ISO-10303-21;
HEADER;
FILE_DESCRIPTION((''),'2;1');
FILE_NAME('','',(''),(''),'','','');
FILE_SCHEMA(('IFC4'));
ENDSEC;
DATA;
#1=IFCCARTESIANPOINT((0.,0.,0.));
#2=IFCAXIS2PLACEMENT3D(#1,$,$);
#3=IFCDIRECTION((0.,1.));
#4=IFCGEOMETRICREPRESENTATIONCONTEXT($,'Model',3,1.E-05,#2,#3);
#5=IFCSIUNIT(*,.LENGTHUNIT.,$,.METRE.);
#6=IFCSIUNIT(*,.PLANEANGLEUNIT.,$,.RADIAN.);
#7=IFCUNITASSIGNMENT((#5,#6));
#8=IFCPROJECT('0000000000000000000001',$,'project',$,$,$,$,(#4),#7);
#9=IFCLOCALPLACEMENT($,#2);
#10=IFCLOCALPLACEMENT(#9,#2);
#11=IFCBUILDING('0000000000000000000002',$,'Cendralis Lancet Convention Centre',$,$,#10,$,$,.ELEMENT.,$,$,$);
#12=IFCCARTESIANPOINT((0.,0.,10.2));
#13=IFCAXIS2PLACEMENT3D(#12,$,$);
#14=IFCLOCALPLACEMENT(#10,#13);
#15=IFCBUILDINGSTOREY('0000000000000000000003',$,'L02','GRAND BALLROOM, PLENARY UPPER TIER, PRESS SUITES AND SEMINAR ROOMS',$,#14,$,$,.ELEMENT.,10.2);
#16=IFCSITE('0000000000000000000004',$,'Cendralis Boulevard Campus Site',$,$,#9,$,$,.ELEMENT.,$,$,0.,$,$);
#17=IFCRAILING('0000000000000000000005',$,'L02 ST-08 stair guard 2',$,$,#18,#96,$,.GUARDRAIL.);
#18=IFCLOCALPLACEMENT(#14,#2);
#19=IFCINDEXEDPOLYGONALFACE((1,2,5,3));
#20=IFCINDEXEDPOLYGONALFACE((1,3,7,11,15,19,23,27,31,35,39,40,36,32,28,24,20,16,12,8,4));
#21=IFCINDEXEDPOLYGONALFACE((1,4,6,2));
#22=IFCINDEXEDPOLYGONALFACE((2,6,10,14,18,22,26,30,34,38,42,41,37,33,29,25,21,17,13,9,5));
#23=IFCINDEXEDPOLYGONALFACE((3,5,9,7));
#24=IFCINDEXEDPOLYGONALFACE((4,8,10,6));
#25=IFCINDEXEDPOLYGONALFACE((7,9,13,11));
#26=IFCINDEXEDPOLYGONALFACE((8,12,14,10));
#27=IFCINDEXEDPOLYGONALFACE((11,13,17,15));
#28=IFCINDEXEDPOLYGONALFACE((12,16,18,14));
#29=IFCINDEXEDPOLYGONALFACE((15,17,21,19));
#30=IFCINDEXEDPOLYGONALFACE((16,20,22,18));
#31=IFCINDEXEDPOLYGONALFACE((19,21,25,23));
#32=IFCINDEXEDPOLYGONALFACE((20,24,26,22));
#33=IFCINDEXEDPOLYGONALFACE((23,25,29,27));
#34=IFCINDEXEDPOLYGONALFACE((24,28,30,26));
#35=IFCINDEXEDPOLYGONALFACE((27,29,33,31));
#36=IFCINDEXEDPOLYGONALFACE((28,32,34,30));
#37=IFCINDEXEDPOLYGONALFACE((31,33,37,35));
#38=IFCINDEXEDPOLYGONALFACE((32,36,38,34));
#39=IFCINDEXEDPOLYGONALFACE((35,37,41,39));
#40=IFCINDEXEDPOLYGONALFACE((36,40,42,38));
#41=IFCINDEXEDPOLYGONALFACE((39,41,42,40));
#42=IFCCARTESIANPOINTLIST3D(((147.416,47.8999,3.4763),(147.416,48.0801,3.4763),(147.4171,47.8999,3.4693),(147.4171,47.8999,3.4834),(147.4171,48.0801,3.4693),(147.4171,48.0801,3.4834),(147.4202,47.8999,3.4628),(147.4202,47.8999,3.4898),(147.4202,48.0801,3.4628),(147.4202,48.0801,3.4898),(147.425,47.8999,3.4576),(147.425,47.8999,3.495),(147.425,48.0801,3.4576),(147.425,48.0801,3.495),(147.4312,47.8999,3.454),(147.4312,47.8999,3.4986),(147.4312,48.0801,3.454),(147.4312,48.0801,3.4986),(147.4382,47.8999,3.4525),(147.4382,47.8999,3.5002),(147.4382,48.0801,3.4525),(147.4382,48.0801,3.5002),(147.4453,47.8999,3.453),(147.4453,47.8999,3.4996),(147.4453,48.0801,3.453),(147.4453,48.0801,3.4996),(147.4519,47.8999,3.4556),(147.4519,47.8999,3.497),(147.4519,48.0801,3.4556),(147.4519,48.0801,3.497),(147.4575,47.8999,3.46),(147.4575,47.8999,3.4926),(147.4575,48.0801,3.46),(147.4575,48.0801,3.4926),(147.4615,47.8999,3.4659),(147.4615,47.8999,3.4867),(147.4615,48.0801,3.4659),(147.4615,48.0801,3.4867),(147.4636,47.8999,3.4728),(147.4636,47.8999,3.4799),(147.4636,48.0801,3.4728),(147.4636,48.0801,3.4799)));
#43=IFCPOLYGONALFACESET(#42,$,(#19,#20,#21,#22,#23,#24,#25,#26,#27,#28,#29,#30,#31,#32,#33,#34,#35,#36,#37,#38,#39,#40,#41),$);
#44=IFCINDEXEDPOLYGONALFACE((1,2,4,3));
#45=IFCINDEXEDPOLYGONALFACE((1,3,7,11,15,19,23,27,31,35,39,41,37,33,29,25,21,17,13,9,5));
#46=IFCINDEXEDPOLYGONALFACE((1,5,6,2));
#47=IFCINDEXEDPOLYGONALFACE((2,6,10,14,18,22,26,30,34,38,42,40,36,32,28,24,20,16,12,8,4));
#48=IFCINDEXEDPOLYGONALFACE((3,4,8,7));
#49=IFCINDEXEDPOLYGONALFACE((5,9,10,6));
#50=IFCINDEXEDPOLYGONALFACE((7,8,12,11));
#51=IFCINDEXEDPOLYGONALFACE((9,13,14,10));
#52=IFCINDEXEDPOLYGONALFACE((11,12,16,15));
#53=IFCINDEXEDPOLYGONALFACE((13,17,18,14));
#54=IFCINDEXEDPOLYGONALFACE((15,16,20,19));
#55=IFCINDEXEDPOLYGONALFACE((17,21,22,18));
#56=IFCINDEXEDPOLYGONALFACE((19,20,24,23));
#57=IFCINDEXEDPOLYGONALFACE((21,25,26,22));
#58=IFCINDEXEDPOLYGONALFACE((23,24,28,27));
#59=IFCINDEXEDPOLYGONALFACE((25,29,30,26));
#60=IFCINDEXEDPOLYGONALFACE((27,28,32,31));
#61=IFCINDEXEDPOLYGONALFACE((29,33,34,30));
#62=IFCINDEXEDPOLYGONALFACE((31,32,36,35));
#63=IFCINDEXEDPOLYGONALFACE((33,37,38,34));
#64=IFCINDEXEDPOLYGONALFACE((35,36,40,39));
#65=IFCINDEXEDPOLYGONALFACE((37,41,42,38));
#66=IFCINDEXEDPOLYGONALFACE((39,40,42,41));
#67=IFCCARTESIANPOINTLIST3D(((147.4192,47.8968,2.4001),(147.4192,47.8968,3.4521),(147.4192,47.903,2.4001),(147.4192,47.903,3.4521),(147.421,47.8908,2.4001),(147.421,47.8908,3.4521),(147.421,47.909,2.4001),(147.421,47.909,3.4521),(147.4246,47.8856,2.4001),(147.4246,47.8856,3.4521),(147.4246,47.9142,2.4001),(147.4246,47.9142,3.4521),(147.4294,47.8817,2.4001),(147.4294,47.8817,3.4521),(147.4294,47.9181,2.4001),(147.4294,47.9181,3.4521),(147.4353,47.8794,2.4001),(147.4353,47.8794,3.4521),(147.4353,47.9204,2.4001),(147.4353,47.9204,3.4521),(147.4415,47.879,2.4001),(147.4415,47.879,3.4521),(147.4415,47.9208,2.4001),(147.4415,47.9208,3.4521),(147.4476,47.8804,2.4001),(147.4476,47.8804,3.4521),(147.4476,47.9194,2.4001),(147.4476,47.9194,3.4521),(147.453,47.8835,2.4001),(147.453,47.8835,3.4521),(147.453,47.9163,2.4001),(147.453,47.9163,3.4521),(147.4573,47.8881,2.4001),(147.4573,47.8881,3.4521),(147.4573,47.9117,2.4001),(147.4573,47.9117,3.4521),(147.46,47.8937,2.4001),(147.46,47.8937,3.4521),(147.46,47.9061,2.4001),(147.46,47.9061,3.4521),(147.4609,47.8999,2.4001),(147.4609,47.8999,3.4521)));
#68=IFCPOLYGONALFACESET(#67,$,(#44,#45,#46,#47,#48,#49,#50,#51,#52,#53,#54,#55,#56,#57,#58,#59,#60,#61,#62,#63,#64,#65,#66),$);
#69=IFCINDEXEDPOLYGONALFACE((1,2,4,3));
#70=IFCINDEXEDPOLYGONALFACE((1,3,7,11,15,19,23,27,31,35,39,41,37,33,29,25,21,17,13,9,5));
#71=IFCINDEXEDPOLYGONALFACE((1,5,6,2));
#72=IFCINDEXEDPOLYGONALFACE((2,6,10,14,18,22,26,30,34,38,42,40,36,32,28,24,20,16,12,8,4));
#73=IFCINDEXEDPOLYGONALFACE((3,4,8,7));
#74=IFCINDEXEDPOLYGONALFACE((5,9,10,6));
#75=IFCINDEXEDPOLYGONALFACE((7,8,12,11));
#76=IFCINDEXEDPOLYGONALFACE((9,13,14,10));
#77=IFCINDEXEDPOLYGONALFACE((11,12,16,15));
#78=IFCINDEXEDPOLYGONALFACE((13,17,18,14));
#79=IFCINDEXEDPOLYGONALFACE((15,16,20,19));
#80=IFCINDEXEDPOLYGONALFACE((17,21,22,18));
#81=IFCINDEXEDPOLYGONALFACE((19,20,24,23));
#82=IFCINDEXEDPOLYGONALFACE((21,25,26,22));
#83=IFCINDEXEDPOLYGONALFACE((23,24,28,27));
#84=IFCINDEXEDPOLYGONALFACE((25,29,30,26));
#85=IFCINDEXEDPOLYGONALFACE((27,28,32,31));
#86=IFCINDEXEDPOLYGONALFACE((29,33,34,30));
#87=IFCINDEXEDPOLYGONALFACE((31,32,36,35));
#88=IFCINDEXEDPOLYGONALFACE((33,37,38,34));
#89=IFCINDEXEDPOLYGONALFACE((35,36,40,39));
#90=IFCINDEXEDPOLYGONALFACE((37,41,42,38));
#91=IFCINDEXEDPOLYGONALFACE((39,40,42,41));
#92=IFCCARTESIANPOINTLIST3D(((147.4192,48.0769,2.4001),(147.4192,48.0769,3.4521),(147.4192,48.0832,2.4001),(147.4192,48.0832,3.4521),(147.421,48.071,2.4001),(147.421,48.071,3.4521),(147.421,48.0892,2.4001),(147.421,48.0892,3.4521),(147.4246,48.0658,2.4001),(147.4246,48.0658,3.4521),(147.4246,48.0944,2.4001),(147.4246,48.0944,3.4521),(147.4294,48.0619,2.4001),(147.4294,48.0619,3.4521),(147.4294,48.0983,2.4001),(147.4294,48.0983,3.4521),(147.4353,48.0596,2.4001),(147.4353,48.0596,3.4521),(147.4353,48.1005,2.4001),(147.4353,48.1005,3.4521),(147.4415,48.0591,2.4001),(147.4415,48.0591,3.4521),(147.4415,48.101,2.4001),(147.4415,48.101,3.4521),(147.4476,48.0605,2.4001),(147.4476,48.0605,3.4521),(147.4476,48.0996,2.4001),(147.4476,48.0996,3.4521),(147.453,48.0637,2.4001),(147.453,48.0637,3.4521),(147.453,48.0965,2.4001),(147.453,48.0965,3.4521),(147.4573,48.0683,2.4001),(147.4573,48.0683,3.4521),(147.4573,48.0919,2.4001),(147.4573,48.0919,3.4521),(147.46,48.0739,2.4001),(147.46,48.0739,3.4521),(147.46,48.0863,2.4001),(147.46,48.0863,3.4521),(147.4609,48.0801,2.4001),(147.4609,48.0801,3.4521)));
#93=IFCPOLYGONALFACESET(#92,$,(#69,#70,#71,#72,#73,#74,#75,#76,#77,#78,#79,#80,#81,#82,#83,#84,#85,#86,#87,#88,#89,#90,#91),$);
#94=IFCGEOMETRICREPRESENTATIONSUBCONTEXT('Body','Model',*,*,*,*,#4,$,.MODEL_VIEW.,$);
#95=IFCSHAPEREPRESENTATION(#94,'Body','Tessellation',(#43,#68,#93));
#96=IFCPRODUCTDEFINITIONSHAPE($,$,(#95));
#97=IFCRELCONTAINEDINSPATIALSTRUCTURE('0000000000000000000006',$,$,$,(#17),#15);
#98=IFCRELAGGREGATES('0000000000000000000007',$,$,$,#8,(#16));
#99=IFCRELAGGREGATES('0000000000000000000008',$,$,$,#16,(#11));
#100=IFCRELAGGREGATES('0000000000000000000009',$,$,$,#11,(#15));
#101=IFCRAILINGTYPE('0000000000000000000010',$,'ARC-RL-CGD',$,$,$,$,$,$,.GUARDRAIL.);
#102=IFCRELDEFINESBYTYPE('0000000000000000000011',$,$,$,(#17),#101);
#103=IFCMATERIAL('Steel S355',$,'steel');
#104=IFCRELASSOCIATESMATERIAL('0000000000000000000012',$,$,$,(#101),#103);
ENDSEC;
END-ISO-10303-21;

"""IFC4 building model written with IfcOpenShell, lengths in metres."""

from ifc_helpers import new_model, si_unit, direction, frame, origin, origin_2d, place, context, subcontext, project, spatial, circle, extrude, material, type_object, element, save


model = new_model("IFC4")

# Units and contexts
model_context = context("Model", 3, precision=1e-05, world=origin(), true_north=direction((0.0, 1.0)))
body_context = subcontext(model_context, "Body", "Model", "MODEL_VIEW")
ifc_project = project(units=[si_unit("LENGTHUNIT", "METRE"), si_unit("PLANEANGLEUNIT", "RADIAN")], contexts=[model_context])

# Site, building, storey
site_placement = place(None, origin())
site = spatial("IfcSite", under=ifc_project, at=site_placement, Name="Cendralis Boulevard Campus Site", CompositionType="ELEMENT", RefElevation=0.0)
building_placement = place(site_placement, origin())
building = spatial("IfcBuilding", under=site, at=building_placement, Name="Cendralis Lancet Convention Centre", CompositionType="ELEMENT")
storey_placement = place(building_placement, frame((0.0, 0.0, 10.2)))
storey = spatial("IfcBuildingStorey", under=building, at=storey_placement, Name="L02", Description="GRAND BALLROOM, PLENARY UPPER TIER, PRESS SUITES AND SEMINAR ROOMS", CompositionType="ELEMENT", Elevation=10.2)

# Shared definitions
ifc_material_1 = material(Name="Steel S355", Category="steel")

# Railing
railing_type_1 = type_object("IfcRailingType", Name="ARC-RL-CGD", PredefinedType="GUARDRAIL", material=ifc_material_1)
railing_1_placement = place(storey_placement, frame((147.4399, 47.8999, 2.4001)))
element("IfcRailing", 1, at=railing_1_placement, inside=storey, type_object=railing_type_1, Name="L02 ST-08 stair guard 2", PredefinedType="GUARDRAIL", context=body_context, shape_type="SweptSolid", body=[
    extrude(circle(Radius=0.0239, at=origin_2d()), frame((0.0, 0.0, 1.0762), z_axis=(0.0, 1.0, 0.0), x_axis=(-1.0, 0.0, 0.0)), (0.0, 0.0, 1.0), 0.1802),
    extrude(circle(Radius=0.021, at=origin_2d()), origin(), (0.0, 0.0, 1.0), 1.052),
    extrude(circle(Radius=0.021, at=origin_2d()), frame((0.0, 0.1802, 0.0)), (0.0, 0.0, 1.0), 1.052),
])

save(model, "model.ifc")
